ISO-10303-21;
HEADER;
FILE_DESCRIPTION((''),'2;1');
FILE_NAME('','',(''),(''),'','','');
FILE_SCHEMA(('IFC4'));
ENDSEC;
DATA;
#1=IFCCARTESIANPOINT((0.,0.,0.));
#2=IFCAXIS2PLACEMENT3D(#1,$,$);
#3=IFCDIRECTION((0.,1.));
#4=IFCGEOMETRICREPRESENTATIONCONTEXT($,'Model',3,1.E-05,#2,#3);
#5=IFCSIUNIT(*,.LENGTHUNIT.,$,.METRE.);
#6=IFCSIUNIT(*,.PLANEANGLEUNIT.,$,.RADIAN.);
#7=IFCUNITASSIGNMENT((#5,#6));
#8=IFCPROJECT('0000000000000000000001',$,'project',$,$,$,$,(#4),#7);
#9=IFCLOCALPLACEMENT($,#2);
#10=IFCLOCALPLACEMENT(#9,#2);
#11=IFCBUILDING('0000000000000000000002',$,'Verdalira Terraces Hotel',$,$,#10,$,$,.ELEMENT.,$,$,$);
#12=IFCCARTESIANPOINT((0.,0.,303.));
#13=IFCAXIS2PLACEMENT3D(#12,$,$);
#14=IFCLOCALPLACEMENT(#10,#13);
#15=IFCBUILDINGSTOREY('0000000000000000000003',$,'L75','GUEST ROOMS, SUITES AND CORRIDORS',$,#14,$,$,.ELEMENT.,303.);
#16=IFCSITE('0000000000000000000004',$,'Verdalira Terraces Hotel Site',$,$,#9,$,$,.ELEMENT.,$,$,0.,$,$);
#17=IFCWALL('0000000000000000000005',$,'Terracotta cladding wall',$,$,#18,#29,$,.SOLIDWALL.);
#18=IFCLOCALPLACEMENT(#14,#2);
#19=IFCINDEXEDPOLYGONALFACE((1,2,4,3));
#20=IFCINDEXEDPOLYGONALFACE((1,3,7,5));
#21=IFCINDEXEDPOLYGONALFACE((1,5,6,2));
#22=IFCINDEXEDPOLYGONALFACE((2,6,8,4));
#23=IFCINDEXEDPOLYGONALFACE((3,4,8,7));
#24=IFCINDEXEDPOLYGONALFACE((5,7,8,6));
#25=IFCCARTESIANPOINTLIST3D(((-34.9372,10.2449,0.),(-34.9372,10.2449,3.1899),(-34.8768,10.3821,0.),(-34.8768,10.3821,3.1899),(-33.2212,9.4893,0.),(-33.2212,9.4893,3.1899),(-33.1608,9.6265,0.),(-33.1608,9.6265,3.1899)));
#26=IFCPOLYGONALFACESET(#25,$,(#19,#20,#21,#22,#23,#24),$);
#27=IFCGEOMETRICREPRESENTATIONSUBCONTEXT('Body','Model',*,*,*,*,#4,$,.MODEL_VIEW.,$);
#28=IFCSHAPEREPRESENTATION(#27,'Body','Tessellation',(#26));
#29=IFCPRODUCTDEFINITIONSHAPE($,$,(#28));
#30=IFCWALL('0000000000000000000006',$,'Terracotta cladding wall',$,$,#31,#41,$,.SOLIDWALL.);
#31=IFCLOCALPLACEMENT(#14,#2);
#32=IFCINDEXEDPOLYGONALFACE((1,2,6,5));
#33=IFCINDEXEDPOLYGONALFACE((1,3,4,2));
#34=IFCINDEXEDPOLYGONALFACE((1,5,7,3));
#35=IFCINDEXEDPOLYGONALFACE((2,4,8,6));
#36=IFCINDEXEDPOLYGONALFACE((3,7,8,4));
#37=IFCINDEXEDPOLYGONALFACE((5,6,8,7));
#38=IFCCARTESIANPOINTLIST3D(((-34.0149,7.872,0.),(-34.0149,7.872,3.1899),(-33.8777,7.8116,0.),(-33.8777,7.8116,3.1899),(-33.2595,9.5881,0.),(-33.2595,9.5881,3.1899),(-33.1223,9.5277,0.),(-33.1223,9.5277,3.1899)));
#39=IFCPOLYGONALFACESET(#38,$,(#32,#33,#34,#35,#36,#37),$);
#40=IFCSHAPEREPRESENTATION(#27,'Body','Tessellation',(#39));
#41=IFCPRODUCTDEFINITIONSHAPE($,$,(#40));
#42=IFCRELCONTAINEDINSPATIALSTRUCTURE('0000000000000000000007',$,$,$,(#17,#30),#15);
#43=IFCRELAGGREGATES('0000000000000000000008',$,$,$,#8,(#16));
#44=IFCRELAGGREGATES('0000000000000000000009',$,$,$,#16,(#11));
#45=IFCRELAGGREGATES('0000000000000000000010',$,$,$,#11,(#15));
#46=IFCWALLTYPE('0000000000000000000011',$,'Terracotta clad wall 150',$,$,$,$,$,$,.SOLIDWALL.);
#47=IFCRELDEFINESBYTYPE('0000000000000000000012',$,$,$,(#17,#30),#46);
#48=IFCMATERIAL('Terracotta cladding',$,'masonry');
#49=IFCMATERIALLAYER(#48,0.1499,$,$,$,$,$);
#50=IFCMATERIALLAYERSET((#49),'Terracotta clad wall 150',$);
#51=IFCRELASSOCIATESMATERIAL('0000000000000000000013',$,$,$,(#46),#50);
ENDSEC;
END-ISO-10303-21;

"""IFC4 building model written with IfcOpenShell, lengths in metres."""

from ifc_helpers import new_model, si_unit, direction, frame, frame_2d, origin, place, context, subcontext, project, spatial, rectangle, extrude, material, layer, layer_set, type_object, element, save


model = new_model("IFC4")

# Units and contexts
model_context = context("Model", 3, precision=1e-05, world=origin(), true_north=direction((0.0, 1.0)))
body_context = subcontext(model_context, "Body", "Model", "MODEL_VIEW")
ifc_project = project(units=[si_unit("LENGTHUNIT", "METRE"), si_unit("PLANEANGLEUNIT", "RADIAN")], contexts=[model_context])

# Site, building, storey
site_placement = place(None, origin())
site = spatial("IfcSite", under=ifc_project, at=site_placement, Name="Verdalira Terraces Hotel Site", CompositionType="ELEMENT", RefElevation=0.0)
building_placement = place(site_placement, origin())
building = spatial("IfcBuilding", under=site, at=building_placement, Name="Verdalira Terraces Hotel", CompositionType="ELEMENT")
storey_placement = place(building_placement, frame((0.0, 0.0, 303.0)))
storey = spatial("IfcBuildingStorey", under=building, at=storey_placement, Name="L75", Description="GUEST ROOMS, SUITES AND CORRIDORS", CompositionType="ELEMENT", Elevation=303.0)

# Walls
ifc_material_1 = material(Name="Terracotta cladding", Category="masonry")
ifc_layer_1 = layer(ifc_material_1, 0.1499)
ifc_layer_set_1 = layer_set([ifc_layer_1], Name="Terracotta clad wall 150")
wall_type_1 = type_object("IfcWallType", Name="Terracotta clad wall 150", PredefinedType="SOLIDWALL", material=ifc_layer_set_1)
for number, where, z_axis, x_axis, name in (
    (1, (-34.907, 10.3135, 0.0), (0.0, 0.0, 1.0), (0.915207, -0.402983, 0.0), "Terracotta cladding wall"),
    (2, (-33.1909, 9.5579, 0.0), (0.0, 0.0, 1.0), (-0.402874, -0.915256, 0.0), "Terracotta cladding wall"),
):
    element("IfcWall", number, at=place(storey_placement, frame(where, z_axis=z_axis, x_axis=x_axis)), inside=storey, type_object=wall_type_1, Name=name, PredefinedType="SOLIDWALL", context=body_context, shape_type="SweptSolid", body=[
        extrude(rectangle(XDim=1.875, YDim=0.1499, at=frame_2d((0.9375, 0.0))), origin(), (0.0, 0.0, 1.0), 3.1899),
    ])

save(model, "model.ifc")
